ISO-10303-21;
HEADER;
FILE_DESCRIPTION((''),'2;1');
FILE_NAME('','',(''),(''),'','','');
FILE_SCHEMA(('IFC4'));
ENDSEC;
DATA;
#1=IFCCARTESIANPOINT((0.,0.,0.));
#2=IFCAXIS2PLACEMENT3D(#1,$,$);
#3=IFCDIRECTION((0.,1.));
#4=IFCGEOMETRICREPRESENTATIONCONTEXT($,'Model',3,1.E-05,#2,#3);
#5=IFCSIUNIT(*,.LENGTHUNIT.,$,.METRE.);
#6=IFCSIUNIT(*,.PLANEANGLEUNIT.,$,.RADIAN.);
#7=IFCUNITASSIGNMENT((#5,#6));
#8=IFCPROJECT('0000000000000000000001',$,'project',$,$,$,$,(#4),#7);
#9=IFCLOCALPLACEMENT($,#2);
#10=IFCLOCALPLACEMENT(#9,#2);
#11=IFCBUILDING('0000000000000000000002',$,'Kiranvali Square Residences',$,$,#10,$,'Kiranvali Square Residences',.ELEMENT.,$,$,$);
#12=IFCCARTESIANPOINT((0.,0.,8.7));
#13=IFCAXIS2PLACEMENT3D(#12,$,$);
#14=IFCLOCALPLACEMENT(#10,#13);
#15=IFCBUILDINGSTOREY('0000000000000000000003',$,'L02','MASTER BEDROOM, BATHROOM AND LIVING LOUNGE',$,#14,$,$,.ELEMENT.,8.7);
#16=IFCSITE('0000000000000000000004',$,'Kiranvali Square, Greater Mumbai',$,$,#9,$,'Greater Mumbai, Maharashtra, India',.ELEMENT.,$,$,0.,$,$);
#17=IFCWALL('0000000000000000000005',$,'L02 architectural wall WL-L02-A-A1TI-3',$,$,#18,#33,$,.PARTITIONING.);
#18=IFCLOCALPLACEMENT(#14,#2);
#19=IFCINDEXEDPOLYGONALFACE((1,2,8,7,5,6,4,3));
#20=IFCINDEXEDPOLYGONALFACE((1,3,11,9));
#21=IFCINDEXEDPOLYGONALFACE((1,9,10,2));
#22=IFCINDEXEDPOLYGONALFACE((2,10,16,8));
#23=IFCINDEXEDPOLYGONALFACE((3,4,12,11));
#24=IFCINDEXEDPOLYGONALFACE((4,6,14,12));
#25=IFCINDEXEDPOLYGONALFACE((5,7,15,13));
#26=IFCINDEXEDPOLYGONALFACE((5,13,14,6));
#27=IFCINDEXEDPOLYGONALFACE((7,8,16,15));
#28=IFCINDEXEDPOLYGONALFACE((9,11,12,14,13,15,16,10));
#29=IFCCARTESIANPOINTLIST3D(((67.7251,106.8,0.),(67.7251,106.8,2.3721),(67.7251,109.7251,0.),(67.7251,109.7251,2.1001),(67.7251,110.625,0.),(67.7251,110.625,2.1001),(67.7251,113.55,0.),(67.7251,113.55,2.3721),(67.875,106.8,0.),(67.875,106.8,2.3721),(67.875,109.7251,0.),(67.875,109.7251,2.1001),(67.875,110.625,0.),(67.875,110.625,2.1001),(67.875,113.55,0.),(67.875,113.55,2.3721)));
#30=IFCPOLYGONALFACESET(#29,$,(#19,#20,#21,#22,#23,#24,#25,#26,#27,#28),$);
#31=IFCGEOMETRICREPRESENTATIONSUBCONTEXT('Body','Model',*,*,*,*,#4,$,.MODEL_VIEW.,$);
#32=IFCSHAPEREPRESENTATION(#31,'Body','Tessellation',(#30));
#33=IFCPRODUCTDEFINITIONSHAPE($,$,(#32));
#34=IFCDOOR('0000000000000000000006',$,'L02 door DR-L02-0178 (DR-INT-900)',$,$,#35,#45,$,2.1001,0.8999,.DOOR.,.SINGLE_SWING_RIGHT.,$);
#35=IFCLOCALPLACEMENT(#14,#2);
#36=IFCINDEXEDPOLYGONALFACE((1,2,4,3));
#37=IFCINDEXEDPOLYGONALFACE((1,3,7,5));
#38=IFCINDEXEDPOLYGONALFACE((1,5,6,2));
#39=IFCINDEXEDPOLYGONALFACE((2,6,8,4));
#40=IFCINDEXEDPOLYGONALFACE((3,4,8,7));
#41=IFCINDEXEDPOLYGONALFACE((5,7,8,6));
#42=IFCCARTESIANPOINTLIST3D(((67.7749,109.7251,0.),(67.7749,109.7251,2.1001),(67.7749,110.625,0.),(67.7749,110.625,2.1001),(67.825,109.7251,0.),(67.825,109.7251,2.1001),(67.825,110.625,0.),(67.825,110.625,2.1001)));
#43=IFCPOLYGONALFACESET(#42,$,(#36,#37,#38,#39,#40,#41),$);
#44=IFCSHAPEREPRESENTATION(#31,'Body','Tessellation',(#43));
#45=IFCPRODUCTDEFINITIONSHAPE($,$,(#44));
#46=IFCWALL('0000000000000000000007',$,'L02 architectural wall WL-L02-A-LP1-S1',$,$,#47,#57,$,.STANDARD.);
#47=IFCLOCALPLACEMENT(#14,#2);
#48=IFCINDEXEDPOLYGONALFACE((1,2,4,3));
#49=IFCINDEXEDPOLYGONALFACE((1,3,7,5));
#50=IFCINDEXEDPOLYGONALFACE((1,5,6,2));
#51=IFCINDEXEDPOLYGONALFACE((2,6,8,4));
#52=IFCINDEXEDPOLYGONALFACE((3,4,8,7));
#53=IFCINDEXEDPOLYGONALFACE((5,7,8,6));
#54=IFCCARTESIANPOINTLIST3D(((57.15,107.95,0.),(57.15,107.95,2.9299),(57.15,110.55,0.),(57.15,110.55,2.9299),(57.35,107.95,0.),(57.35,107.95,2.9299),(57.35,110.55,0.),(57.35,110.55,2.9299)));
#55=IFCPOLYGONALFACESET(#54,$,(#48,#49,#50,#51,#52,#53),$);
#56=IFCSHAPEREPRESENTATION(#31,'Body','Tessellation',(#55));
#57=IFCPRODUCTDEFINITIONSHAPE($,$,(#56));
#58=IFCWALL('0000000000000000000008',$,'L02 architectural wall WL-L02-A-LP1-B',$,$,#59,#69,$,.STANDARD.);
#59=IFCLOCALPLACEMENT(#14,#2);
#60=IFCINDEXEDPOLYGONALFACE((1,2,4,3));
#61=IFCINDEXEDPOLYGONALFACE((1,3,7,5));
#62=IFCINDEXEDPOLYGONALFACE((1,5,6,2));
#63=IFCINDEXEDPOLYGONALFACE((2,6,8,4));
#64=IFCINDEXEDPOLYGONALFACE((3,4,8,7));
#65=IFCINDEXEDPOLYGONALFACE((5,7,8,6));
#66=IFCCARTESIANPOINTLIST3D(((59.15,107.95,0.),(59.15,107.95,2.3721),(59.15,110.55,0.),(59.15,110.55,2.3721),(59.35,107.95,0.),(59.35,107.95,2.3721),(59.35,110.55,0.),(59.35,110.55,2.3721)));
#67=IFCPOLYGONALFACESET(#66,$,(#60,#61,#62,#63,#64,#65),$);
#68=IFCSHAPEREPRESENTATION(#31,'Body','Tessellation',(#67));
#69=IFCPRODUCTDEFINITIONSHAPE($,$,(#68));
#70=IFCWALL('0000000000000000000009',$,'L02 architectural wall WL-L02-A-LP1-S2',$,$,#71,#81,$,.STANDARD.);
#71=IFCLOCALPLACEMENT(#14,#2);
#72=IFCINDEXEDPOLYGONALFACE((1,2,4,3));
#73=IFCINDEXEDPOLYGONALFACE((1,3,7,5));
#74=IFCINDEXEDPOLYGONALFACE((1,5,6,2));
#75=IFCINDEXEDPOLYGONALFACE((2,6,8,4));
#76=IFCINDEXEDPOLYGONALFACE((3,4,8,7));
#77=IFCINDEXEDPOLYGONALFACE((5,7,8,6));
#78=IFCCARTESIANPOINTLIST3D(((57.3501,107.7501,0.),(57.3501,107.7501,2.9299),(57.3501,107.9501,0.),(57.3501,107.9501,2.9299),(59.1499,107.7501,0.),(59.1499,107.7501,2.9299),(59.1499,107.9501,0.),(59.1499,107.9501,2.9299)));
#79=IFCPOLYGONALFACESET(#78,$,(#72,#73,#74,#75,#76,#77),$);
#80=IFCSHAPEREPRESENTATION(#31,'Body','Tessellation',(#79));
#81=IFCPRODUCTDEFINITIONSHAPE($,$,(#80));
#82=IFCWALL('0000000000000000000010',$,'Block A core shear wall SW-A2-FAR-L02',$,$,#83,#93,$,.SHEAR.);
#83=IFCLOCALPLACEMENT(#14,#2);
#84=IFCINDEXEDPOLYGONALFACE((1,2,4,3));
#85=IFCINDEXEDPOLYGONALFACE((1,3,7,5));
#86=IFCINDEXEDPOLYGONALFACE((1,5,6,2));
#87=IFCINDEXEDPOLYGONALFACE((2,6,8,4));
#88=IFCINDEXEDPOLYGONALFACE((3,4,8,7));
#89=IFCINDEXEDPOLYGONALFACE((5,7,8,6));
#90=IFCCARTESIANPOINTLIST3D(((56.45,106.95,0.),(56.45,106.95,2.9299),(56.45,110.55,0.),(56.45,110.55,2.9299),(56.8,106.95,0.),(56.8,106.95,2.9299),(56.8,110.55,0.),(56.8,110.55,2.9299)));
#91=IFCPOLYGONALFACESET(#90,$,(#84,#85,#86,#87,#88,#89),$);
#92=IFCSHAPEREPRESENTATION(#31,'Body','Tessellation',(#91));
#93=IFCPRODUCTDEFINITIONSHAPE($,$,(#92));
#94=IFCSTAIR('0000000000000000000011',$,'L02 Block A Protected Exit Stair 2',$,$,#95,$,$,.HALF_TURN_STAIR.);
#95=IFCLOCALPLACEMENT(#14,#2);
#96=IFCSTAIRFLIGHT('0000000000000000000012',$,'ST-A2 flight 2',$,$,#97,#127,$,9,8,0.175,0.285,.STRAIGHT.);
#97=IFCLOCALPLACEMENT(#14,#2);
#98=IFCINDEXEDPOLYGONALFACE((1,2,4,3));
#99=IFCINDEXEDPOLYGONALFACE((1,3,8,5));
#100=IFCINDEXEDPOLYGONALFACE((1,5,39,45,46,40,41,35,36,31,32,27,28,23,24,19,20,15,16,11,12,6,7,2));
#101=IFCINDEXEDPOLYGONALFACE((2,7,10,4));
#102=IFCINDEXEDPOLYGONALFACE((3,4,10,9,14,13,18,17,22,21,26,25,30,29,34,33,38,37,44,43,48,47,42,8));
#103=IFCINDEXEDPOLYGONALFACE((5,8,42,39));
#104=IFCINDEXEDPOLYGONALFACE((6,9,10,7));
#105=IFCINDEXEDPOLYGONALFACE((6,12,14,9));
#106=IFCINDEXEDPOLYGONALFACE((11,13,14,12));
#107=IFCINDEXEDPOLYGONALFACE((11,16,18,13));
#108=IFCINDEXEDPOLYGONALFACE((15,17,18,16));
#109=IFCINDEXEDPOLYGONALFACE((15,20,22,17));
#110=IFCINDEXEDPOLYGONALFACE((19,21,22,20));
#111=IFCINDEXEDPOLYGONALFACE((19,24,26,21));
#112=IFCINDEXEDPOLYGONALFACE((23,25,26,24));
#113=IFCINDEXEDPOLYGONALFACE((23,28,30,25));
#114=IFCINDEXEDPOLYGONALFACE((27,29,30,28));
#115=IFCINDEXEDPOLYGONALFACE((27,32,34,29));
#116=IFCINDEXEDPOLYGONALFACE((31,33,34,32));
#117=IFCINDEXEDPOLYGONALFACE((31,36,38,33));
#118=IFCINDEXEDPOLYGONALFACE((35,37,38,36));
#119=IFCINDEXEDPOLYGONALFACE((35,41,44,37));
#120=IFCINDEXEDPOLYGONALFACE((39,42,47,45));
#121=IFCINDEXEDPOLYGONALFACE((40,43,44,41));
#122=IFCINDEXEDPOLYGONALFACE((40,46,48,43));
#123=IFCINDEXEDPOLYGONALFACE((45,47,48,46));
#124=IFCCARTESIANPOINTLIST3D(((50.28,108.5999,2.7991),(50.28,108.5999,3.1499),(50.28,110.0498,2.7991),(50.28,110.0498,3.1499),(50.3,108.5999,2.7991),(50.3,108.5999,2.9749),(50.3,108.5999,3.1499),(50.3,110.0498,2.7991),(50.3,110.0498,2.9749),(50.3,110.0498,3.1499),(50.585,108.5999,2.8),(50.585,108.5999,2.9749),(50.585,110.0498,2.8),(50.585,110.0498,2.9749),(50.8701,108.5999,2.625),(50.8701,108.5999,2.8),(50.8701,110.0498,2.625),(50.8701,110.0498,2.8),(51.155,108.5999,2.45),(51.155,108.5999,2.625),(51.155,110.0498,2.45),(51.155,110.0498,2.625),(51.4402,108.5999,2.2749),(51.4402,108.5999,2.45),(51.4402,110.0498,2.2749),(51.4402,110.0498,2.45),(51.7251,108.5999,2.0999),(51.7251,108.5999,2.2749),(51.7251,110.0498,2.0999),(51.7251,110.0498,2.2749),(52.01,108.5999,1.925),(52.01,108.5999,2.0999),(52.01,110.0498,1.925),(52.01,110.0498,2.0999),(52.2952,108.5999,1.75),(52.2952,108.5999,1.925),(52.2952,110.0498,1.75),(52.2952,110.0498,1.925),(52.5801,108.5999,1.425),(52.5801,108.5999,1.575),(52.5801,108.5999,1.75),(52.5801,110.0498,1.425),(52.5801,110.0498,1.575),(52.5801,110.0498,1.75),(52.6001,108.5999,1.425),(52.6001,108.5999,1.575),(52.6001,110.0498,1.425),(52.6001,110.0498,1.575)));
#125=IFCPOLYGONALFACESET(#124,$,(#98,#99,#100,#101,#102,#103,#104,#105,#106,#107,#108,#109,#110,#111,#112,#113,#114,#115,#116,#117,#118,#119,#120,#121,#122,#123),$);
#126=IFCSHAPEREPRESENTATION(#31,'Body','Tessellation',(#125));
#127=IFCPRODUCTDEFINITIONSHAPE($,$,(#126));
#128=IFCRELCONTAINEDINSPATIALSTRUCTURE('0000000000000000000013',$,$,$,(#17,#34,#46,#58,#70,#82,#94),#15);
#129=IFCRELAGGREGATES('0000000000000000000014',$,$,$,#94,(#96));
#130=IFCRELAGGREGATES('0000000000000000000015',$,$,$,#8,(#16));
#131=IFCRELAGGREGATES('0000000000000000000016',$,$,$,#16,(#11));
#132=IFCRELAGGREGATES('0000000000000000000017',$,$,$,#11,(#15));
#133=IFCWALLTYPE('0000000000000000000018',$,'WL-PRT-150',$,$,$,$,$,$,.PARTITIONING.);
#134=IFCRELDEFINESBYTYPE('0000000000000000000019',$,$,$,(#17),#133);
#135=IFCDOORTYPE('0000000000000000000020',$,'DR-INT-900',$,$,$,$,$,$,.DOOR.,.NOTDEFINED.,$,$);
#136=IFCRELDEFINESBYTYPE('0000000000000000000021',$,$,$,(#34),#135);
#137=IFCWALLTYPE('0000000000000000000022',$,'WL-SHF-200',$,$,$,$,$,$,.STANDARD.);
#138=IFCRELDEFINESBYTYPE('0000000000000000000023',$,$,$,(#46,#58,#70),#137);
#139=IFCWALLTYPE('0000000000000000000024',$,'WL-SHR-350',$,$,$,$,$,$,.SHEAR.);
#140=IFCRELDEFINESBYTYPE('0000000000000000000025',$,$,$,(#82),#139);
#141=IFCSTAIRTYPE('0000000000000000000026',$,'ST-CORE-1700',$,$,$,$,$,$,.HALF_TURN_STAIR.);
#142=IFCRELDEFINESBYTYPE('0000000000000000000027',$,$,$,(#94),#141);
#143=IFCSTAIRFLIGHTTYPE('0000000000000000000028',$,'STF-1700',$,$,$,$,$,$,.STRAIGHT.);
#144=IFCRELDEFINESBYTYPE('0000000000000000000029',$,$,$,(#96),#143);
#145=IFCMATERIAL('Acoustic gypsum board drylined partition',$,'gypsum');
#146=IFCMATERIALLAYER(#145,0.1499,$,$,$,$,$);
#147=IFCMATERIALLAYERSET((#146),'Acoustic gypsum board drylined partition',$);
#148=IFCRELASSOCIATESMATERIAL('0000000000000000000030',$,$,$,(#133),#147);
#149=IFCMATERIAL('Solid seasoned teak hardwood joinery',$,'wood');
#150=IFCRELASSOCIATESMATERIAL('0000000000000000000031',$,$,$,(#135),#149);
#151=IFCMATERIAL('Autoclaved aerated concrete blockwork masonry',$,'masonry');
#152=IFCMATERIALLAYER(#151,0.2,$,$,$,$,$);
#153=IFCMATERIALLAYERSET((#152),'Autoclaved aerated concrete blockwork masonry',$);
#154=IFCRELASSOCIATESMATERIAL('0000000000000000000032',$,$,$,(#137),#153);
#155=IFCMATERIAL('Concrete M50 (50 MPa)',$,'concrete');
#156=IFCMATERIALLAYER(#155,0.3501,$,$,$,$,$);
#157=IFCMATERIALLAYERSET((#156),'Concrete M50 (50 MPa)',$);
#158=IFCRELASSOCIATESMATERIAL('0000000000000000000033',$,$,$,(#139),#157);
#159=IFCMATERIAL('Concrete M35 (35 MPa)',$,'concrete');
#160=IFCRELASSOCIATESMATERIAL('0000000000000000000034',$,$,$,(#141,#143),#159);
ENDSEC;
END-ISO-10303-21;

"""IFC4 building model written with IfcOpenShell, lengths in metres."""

from ifc_helpers import new_model, si_unit, direction, frame, frame_2d, origin, place, context, subcontext, project, spatial, polyline, rectangle, outline, extrude, material, layer, layer_set, type_object, element, fill, aggregate, save


model = new_model("IFC4")

# Units and contexts
model_context = context("Model", 3, precision=1e-05, world=origin(), true_north=direction((0.0, 1.0)))
body_context = subcontext(model_context, "Body", "Model", "MODEL_VIEW")
ifc_project = project(units=[si_unit("LENGTHUNIT", "METRE"), si_unit("PLANEANGLEUNIT", "RADIAN")], contexts=[model_context])

# Site, building, storey
site_placement = place(None, origin())
site = spatial("IfcSite", under=ifc_project, at=site_placement, Name="Kiranvali Square, Greater Mumbai", LongName="Greater Mumbai, Maharashtra, India", CompositionType="ELEMENT", RefElevation=0.0)
building_placement = place(site_placement, origin())
building = spatial("IfcBuilding", under=site, at=building_placement, Name="Kiranvali Square Residences", LongName="Kiranvali Square Residences", CompositionType="ELEMENT")
storey_placement = place(building_placement, frame((0.0, 0.0, 8.7)))
storey = spatial("IfcBuildingStorey", under=building, at=storey_placement, Name="L02", Description="MASTER BEDROOM, BATHROOM AND LIVING LOUNGE", CompositionType="ELEMENT", Elevation=8.7)

# Shared definitions
ifc_material_1 = material(Name="Autoclaved aerated concrete blockwork masonry", Category="masonry")

# Wall, opening, door
ifc_material_2 = material(Name="Acoustic gypsum board drylined partition", Category="gypsum")
ifc_layer_1 = layer(ifc_material_2, 0.1499)
ifc_layer_set_1 = layer_set([ifc_layer_1], Name="Acoustic gypsum board drylined partition")
wall_type_1 = type_object("IfcWallType", Name="WL-PRT-150", PredefinedType="PARTITIONING", material=ifc_layer_set_1)
ifc_material_3 = material(Name="Solid seasoned teak hardwood joinery", Category="wood")
door_type_1 = type_object("IfcDoorType", Name="DR-INT-900", OperationType="NOTDEFINED", PredefinedType="DOOR", material=ifc_material_3)
wall_1_placement = place(storey_placement, frame((67.8, 106.8, 0.0), z_axis=(0.0, 0.0, 1.0), x_axis=(0.0, 1.0, 0.0)))
wall_1 = element("IfcWall", 1, at=wall_1_placement, inside=storey, type_object=wall_type_1, Name="L02 architectural wall WL-L02-A-A1TI-3", PredefinedType="PARTITIONING", context=body_context, shape_type="SweptSolid", body=[
    extrude(rectangle(XDim=6.75, YDim=0.1499, at=frame_2d((3.375, 0.0))), origin(), (0.0, 0.0, 1.0), 2.3721),
])
opening_1_placement = place(wall_1_placement, frame((2.925, 0.0, 0.0)))
opening_1 = element("IfcOpeningElement", 2, at=opening_1_placement, cuts=wall_1, PredefinedType="OPENING", context=body_context, shape_type="SweptSolid", body=[
    extrude(rectangle(XDim=0.8999, YDim=2.1001, at=frame_2d((0.45, 1.05))), frame((0.0, 0.085, 0.0), z_axis=(0.0, -1.0, 0.0), x_axis=(1.0, 0.0, 0.0)), (0.0, 0.0, 1.0), 0.1699),
])
door_1_placement = place(opening_1_placement, frame((0.8999, 0.0, 0.0), z_axis=(0.0, 0.0, 1.0), x_axis=(-1.0, 0.0, 0.0)))
door_1 = element("IfcDoor", 3, at=door_1_placement, inside=storey, type_object=door_type_1, Name="L02 door DR-L02-0178 (DR-INT-900)", OperationType="SINGLE_SWING_RIGHT", OverallHeight=2.1001, OverallWidth=0.8999, PredefinedType="DOOR", context=body_context, shape_type="SweptSolid", body=[
    extrude(rectangle(XDim=0.8999, YDim=2.1001, at=frame_2d((0.45, 1.05))), frame((0.0, 0.0249, 0.0), z_axis=(0.0, -1.0, 0.0), x_axis=(1.0, 0.0, 0.0)), (0.0, 0.0, 1.0), 0.05),
])
fill(opening_1, door_1)

# Walls
ifc_layer_2 = layer(ifc_material_1, 0.2)
ifc_layer_set_2 = layer_set([ifc_layer_2], Name="Autoclaved aerated concrete blockwork masonry")
wall_type_2 = type_object("IfcWallType", Name="WL-SHF-200", PredefinedType="STANDARD", material=ifc_layer_set_2)
wall_2_placement = place(storey_placement, frame((57.25, 107.95, 0.0), z_axis=(0.0, 0.0, 1.0), x_axis=(0.0, 1.0, 0.0)))
element("IfcWall", 4, at=wall_2_placement, inside=storey, type_object=wall_type_2, Name="L02 architectural wall WL-L02-A-LP1-S1", PredefinedType="STANDARD", context=body_context, shape_type="SweptSolid", body=[
    extrude(rectangle(XDim=2.6001, YDim=0.2, at=frame_2d((1.3, 0.0))), origin(), (0.0, 0.0, 1.0), 2.9299),
])
wall_3_placement = place(storey_placement, frame((59.25, 107.95, 0.0), z_axis=(0.0, 0.0, 1.0), x_axis=(0.0, 1.0, 0.0)))
element("IfcWall", 5, at=wall_3_placement, inside=storey, type_object=wall_type_2, Name="L02 architectural wall WL-L02-A-LP1-B", PredefinedType="STANDARD", context=body_context, shape_type="SweptSolid", body=[
    extrude(rectangle(XDim=2.6001, YDim=0.2, at=frame_2d((1.3, 0.0))), origin(), (0.0, 0.0, 1.0), 2.3721),
])
wall_4_placement = place(storey_placement, frame((57.3501, 107.8501, 0.0), z_axis=(0.0, 0.0, 1.0), x_axis=(1.0, 0.0, 0.0)))
element("IfcWall", 6, at=wall_4_placement, inside=storey, type_object=wall_type_2, Name="L02 architectural wall WL-L02-A-LP1-S2", PredefinedType="STANDARD", context=body_context, shape_type="SweptSolid", body=[
    extrude(rectangle(XDim=1.7998, YDim=0.2, at=frame_2d((0.8999, 0.0))), origin(), (0.0, 0.0, 1.0), 2.9299),
])

# Wall
ifc_material_4 = material(Name="Concrete M50 (50 MPa)", Category="concrete")
ifc_layer_3 = layer(ifc_material_4, 0.3501)
ifc_layer_set_3 = layer_set([ifc_layer_3], Name="Concrete M50 (50 MPa)")
wall_type_3 = type_object("IfcWallType", Name="WL-SHR-350", PredefinedType="SHEAR", material=ifc_layer_set_3)
wall_5_placement = place(storey_placement, frame((56.625, 106.95, 0.0), z_axis=(0.0, 0.0, 1.0), x_axis=(0.0, 1.0, 0.0)))
element("IfcWall", 7, at=wall_5_placement, inside=storey, type_object=wall_type_3, Name="Block A core shear wall SW-A2-FAR-L02", PredefinedType="SHEAR", context=body_context, shape_type="SweptSolid", body=[
    extrude(rectangle(XDim=3.6001, YDim=0.3501, at=frame_2d((1.8, 0.0))), origin(), (0.0, 0.0, 1.0), 2.9299),
])

# Stair, stair flight
ifc_material_5 = material(Name="Concrete M35 (35 MPa)", Category="concrete")
stair_type = type_object("IfcStairType", Name="ST-CORE-1700", PredefinedType="HALF_TURN_STAIR", material=ifc_material_5)
stair_placement = place(storey_placement, origin())
stair = element("IfcStair", 8, at=stair_placement, inside=storey, type_object=stair_type, Name="L02 Block A Protected Exit Stair 2", PredefinedType="HALF_TURN_STAIR")
stair_flight_type = type_object("IfcStairFlightType", Name="STF-1700", PredefinedType="STRAIGHT", material=ifc_material_5)
stair_flight_placement = place(storey_placement, frame((52.5801, 109.325, 1.575), z_axis=(0.0, 0.0, 1.0), x_axis=(-1.0, 0.0, 0.0)))
stair_flight = element("IfcStairFlight", 9, at=stair_flight_placement, type_object=stair_flight_type, Name="ST-A2 flight 2", NumberOfRisers=9, NumberOfTreads=8, PredefinedType="STRAIGHT", RiserHeight=0.175, TreadLength=0.285, context=body_context, shape_type="SweptSolid", body=[
    extrude(outline(polyline([(-0.02, -0.1499), (-0.02, 0.0), (0.0, 0.0), (0.0, 0.175), (0.2849, 0.175), (0.2849, 0.3501), (0.5701, 0.3501), (0.5701, 0.5249), (0.855, 0.5249), (0.855, 0.7), (1.1399, 0.7), (1.1399, 0.875), (1.425, 0.875), (1.425, 1.05), (1.71, 1.05), (1.71, 1.2251), (1.9951, 1.2251), (1.9951, 1.3999), (2.28, 1.3999), (2.28, 1.575), (2.3, 1.575), (2.3, 1.2241), (2.28, 1.2241), (0.0, -0.1499), (-0.02, -0.1499)])), frame((0.0, 0.7251, 0.0), z_axis=(0.0, -1.0, 0.0), x_axis=(1.0, 0.0, 0.0)), (0.0, 0.0, 1.0), 1.45),
])
aggregate(stair, [stair_flight])

save(model, "model.ifc")
